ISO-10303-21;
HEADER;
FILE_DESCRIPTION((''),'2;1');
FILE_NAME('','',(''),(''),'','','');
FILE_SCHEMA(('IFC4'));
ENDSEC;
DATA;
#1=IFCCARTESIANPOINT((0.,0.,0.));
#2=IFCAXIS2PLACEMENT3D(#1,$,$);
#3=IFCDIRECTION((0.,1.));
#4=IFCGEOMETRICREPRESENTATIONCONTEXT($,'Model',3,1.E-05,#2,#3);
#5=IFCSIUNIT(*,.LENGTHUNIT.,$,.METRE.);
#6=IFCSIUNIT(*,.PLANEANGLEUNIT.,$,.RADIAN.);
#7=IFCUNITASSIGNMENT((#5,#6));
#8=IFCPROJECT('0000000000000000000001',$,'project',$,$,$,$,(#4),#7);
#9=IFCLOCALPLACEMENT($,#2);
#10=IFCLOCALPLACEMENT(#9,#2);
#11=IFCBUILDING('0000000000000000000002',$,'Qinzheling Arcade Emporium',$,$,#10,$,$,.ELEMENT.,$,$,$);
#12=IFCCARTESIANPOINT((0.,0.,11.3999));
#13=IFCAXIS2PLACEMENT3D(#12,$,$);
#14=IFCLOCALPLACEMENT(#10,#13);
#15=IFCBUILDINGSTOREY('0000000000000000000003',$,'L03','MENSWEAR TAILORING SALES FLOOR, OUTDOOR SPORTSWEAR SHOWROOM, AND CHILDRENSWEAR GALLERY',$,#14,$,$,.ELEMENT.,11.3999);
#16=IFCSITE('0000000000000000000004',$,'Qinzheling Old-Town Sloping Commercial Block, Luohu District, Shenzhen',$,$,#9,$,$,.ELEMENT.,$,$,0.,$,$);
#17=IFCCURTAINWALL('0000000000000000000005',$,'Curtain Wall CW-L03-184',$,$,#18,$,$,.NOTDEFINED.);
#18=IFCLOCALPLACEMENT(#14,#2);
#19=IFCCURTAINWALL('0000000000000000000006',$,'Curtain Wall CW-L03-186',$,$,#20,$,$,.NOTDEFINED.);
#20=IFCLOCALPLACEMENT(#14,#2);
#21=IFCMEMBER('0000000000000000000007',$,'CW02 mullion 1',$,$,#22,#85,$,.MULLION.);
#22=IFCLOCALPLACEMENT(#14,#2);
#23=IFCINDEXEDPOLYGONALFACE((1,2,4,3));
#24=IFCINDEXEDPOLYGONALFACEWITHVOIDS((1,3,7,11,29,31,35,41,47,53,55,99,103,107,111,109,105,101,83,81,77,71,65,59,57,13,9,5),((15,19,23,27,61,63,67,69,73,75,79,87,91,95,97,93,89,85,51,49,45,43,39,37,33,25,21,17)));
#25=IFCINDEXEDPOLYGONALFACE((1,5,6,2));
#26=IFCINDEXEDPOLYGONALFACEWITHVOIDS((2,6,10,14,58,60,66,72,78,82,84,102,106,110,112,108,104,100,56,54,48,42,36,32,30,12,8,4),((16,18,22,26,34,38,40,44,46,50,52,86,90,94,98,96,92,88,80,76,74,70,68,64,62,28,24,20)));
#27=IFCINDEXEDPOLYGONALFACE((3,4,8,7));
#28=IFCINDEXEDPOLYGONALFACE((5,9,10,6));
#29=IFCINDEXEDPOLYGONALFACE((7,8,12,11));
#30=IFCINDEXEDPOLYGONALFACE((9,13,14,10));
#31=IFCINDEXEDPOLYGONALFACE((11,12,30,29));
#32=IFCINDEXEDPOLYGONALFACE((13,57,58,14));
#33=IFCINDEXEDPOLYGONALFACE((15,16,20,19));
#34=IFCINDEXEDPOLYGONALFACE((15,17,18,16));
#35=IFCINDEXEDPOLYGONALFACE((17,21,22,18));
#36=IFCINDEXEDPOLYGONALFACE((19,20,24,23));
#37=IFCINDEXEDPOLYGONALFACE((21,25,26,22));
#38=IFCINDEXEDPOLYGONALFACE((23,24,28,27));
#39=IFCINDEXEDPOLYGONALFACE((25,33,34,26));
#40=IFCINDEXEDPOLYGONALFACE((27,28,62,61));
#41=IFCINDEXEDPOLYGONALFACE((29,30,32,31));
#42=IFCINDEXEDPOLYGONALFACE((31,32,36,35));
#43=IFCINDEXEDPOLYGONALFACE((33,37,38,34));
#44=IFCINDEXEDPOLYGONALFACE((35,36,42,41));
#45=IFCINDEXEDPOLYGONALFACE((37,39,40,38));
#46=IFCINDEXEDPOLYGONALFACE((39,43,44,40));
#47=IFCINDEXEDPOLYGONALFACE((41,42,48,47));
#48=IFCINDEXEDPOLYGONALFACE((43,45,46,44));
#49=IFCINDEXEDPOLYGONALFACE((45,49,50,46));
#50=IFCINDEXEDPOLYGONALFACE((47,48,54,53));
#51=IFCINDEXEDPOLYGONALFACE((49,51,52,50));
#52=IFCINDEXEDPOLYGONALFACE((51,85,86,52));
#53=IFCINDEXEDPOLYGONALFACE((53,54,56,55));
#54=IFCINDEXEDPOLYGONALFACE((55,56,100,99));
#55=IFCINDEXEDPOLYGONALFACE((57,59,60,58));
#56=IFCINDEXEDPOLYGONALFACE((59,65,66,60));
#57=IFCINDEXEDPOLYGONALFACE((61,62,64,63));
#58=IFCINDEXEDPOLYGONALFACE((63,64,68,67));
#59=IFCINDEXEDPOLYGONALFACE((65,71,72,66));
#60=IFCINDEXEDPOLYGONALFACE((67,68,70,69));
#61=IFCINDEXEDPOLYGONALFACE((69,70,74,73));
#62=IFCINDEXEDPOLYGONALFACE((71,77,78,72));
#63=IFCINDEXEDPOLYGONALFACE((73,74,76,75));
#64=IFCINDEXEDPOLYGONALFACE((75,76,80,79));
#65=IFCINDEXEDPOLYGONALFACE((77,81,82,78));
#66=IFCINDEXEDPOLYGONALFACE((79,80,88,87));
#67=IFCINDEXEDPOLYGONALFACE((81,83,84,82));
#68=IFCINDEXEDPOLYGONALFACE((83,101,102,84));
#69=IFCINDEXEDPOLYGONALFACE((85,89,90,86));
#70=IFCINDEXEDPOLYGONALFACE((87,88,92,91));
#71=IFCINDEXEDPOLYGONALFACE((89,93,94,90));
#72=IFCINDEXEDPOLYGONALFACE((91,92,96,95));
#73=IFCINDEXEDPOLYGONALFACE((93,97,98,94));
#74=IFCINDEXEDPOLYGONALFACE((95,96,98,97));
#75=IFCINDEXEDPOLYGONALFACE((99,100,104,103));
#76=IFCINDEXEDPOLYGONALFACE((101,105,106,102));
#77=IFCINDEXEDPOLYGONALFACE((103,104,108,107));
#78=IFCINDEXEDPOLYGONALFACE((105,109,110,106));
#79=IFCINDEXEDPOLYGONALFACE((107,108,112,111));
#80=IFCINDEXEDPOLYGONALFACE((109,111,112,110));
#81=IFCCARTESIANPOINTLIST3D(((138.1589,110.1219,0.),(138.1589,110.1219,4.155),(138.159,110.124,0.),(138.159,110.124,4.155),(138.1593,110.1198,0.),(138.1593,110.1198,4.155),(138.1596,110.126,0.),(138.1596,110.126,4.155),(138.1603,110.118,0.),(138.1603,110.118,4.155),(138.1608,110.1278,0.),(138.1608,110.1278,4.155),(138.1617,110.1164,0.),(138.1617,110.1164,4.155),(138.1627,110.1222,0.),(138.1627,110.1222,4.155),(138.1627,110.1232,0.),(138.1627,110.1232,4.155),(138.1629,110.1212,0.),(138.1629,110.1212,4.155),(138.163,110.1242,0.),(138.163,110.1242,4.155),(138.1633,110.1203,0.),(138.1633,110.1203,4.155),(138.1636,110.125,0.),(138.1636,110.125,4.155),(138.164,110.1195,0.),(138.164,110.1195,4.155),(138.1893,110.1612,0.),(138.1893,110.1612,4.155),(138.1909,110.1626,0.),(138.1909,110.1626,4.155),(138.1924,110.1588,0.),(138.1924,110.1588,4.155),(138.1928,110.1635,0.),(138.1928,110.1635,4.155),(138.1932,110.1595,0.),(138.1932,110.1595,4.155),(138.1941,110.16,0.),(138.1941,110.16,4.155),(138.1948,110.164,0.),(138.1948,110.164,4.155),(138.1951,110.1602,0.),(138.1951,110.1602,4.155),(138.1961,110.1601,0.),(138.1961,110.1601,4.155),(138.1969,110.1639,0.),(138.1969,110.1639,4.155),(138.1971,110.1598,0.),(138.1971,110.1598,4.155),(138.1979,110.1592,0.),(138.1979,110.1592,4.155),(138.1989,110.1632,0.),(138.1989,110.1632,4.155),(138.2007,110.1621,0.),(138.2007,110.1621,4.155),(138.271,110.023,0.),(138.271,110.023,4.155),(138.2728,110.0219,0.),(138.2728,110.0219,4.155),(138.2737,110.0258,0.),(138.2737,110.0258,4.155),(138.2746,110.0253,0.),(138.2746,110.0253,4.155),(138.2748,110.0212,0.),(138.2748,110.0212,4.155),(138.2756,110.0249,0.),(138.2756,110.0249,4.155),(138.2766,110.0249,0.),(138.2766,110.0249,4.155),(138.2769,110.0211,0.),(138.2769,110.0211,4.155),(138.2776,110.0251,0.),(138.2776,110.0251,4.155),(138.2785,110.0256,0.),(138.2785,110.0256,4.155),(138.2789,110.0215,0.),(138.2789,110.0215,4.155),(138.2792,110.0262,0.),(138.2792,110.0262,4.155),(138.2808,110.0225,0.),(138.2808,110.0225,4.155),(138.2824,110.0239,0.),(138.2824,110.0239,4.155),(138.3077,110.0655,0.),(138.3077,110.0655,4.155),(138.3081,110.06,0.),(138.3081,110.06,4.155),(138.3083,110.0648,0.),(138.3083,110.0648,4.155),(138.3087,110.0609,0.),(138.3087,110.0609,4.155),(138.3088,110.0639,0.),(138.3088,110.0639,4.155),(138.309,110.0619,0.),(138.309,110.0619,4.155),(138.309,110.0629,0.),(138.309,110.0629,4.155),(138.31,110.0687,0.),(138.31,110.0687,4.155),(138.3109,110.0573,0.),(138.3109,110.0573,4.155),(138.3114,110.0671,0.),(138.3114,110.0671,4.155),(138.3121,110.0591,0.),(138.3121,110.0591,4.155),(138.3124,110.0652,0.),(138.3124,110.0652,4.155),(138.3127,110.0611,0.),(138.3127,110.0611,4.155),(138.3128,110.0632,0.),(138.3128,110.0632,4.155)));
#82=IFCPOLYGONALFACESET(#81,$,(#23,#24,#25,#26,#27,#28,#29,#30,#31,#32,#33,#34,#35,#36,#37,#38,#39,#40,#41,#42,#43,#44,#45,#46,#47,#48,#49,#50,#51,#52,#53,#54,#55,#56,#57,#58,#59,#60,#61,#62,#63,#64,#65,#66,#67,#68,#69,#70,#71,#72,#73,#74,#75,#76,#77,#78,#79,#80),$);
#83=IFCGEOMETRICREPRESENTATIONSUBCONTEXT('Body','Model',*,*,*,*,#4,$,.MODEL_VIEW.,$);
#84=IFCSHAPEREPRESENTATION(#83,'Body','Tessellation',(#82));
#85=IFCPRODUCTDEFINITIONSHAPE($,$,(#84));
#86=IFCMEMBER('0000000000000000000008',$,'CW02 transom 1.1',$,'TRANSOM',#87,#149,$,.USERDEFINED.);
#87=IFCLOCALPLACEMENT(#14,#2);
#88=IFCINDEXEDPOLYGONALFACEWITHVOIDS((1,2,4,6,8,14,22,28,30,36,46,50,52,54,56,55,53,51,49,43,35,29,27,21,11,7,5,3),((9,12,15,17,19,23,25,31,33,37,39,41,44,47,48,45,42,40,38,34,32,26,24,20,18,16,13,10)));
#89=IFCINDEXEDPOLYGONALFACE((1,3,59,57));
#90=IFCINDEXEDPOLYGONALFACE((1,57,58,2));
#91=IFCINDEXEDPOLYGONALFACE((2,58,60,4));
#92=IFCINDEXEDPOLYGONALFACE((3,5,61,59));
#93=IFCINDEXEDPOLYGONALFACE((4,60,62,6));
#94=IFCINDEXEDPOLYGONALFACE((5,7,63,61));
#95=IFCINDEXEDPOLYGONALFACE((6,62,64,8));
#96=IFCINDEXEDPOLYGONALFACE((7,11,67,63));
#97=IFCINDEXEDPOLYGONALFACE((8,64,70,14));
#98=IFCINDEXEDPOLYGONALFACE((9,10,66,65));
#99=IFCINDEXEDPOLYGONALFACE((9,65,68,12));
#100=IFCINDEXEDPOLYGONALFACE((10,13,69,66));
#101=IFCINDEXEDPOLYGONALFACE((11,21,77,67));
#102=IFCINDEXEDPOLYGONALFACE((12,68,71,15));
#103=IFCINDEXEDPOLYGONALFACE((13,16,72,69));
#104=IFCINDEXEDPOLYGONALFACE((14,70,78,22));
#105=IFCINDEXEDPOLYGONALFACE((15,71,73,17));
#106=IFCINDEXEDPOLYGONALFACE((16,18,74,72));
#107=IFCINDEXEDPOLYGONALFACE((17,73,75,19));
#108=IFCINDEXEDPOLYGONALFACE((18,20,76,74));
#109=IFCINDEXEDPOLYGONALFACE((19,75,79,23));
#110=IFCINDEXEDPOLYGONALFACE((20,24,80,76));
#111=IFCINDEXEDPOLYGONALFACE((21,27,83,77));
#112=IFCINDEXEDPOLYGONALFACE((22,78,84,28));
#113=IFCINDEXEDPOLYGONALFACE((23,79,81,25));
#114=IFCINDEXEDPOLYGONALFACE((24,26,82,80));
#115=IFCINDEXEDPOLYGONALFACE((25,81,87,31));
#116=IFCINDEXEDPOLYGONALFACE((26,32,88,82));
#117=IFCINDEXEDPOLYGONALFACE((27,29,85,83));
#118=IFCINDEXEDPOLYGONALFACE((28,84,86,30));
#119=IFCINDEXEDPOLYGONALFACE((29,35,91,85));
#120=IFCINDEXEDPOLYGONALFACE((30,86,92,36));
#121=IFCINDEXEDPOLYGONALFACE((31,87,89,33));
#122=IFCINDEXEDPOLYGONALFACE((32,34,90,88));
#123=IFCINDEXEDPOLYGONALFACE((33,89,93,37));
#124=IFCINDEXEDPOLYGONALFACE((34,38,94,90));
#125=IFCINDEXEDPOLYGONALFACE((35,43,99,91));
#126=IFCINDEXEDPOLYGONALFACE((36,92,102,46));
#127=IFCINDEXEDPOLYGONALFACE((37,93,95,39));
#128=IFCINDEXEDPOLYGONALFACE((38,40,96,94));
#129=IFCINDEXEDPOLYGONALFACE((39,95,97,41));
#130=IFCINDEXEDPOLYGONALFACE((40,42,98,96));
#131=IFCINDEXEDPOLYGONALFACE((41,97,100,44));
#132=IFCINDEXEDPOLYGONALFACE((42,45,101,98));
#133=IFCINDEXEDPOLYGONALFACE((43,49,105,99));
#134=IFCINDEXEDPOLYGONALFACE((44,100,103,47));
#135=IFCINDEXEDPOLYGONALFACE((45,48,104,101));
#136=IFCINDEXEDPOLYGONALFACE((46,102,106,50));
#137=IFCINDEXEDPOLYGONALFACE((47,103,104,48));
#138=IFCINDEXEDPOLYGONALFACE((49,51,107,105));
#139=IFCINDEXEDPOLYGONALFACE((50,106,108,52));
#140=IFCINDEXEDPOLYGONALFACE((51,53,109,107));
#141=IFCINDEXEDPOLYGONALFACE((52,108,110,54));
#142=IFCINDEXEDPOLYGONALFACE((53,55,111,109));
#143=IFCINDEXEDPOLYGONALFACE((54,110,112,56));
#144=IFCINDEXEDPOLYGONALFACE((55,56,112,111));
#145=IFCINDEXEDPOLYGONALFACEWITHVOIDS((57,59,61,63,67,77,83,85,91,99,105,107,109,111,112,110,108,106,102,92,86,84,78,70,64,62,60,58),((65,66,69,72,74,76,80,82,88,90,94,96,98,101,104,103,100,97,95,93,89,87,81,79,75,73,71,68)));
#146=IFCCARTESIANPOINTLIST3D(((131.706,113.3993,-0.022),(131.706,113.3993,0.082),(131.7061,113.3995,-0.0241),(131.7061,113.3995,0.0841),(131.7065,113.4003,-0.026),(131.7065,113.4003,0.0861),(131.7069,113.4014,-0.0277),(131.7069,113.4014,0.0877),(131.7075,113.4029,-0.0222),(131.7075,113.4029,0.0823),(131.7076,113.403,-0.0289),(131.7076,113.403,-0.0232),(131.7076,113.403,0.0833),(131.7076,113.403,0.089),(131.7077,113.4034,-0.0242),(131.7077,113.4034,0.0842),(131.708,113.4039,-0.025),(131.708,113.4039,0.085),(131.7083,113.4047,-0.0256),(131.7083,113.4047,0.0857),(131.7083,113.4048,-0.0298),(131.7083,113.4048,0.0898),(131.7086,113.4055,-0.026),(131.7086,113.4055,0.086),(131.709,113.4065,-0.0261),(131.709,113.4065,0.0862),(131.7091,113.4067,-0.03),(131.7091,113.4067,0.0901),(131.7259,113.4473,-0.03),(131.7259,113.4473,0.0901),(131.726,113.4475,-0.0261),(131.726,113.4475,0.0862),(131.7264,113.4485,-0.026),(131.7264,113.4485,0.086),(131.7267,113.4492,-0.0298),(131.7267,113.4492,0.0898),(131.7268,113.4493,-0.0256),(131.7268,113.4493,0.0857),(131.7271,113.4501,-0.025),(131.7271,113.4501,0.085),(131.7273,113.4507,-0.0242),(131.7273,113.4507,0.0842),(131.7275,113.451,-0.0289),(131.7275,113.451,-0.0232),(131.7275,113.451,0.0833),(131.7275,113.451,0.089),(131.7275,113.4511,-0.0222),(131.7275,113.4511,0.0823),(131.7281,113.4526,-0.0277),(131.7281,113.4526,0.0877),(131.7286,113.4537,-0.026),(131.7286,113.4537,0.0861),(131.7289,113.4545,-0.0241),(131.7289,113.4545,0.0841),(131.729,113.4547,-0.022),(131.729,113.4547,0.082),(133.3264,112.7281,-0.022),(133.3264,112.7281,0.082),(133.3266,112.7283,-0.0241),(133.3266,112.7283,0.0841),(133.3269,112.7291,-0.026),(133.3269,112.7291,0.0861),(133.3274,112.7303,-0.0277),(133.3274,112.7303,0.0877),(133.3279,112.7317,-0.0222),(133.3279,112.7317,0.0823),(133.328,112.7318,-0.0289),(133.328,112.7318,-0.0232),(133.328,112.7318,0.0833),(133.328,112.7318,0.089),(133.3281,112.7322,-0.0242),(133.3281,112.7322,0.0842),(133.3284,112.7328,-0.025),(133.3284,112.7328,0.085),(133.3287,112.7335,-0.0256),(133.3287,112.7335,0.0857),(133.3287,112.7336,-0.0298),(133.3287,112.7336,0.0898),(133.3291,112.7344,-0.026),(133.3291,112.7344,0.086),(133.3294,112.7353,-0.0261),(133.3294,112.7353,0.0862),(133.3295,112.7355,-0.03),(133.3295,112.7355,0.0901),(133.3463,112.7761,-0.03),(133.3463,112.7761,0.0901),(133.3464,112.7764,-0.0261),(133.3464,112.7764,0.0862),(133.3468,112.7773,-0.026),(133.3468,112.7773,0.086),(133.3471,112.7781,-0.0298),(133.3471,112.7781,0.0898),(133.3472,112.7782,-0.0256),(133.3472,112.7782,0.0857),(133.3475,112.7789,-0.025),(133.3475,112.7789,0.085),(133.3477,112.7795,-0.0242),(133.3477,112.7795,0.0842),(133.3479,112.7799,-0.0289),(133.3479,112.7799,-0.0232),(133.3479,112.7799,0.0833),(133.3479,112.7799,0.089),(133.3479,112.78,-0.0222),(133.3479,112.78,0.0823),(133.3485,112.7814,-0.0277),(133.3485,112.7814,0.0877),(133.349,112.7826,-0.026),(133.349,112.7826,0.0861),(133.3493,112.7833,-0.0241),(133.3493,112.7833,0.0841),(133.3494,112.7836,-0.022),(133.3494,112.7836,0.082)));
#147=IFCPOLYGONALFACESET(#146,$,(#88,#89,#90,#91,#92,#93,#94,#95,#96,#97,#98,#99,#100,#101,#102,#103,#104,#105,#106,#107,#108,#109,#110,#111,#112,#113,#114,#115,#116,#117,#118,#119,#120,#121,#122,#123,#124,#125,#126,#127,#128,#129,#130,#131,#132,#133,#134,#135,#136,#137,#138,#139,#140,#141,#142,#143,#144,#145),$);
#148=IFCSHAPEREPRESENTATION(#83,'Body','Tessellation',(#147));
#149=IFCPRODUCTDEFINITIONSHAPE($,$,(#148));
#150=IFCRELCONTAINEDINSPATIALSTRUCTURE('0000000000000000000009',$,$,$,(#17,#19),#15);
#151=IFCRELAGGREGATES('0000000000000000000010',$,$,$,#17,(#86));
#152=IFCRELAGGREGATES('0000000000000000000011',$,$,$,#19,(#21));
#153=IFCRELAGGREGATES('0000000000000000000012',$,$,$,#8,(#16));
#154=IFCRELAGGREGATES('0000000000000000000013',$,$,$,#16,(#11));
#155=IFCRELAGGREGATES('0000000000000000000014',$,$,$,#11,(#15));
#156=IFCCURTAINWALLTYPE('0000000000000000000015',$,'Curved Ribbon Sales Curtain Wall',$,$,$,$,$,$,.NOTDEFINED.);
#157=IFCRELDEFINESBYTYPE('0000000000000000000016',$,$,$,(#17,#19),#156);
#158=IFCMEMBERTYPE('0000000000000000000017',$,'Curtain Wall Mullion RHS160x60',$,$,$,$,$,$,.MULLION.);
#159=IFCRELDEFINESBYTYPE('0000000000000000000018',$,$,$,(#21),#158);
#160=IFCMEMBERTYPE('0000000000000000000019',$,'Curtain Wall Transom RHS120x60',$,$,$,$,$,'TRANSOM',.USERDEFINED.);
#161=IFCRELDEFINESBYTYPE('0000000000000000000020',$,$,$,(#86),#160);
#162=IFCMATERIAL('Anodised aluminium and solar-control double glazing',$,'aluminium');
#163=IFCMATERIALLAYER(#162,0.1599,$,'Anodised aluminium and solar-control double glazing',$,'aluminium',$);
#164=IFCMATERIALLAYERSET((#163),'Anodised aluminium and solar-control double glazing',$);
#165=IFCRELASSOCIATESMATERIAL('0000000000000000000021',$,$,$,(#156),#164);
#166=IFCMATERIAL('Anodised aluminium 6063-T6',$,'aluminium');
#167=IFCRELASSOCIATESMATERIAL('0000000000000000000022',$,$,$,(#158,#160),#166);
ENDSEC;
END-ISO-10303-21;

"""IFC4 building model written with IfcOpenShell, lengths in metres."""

from ifc_helpers import new_model, si_unit, direction, frame, origin, origin_2d, place, context, subcontext, project, spatial, hollow_rectangle, extrude, material, layer, layer_set, material_profile, profile_set, type_object, element, aggregate, save


model = new_model("IFC4")

# Units and contexts
model_context = context("Model", 3, precision=1e-05, world=origin(), true_north=direction((0.0, 1.0)))
body_context = subcontext(model_context, "Body", "Model", "MODEL_VIEW")
ifc_project = project(units=[si_unit("LENGTHUNIT", "METRE"), si_unit("PLANEANGLEUNIT", "RADIAN")], contexts=[model_context])

# Site, building, storey
site_placement = place(None, origin())
site = spatial("IfcSite", under=ifc_project, at=site_placement, Name="Qinzheling Old-Town Sloping Commercial Block, Luohu District, Shenzhen", CompositionType="ELEMENT", RefElevation=0.0)
building_placement = place(site_placement, origin())
building = spatial("IfcBuilding", under=site, at=building_placement, Name="Qinzheling Arcade Emporium", CompositionType="ELEMENT")
storey_placement = place(building_placement, frame((0.0, 0.0, 11.3999)))
storey = spatial("IfcBuildingStorey", under=building, at=storey_placement, Name="L03", Description="MENSWEAR TAILORING SALES FLOOR, OUTDOOR SPORTSWEAR SHOWROOM, AND CHILDRENSWEAR GALLERY", CompositionType="ELEMENT", Elevation=11.3999)

# Curtain wall
ifc_material_1 = material(Name="Anodised aluminium and solar-control double glazing", Category="aluminium")
ifc_layer_1 = layer(ifc_material_1, 0.1599, Name="Anodised aluminium and solar-control double glazing", Category="aluminium")
ifc_layer_set_1 = layer_set([ifc_layer_1], Name="Anodised aluminium and solar-control double glazing")
curtain_wall_type = type_object("IfcCurtainWallType", Name="Curved Ribbon Sales Curtain Wall", PredefinedType="NOTDEFINED", material=ifc_layer_set_1)
curtain_wall_1_placement = place(storey_placement, origin())
curtain_wall_1 = element("IfcCurtainWall", 1, at=curtain_wall_1_placement, inside=storey, type_object=curtain_wall_type, Name="Curtain Wall CW-L03-184", PredefinedType="NOTDEFINED")
ifc_material_2 = material(Name="Anodised aluminium 6063-T6", Category="aluminium")
ifc_material_profile_1 = material_profile(ifc_material_2, hollow_rectangle(XDim=0.0601, YDim=0.1599, WallThickness=0.0039, InnerFilletRadius=0.0039, OuterFilletRadius=0.0081, at=origin_2d()), Name="RHS 160x60x4", Category="aluminium")
ifc_profile_set_1 = profile_set([ifc_material_profile_1], Name="Anodised aluminium 6063-T6")
member_type_1 = type_object("IfcMemberType", Name="Curtain Wall Mullion RHS160x60", PredefinedType="MULLION", material=ifc_profile_set_1)

# Curtain wall, member
curtain_wall_2_placement = place(storey_placement, origin())
curtain_wall_2 = element("IfcCurtainWall", 2, at=curtain_wall_2_placement, inside=storey, type_object=curtain_wall_type, Name="Curtain Wall CW-L03-186", PredefinedType="NOTDEFINED")
member_1_placement = place(storey_placement, frame((138.2358, 110.0925, 0.0), z_axis=(0.0, 0.0, 1.0), x_axis=(0.649473, 0.760385, 0.0)))
member_1 = element("IfcMember", 3, at=member_1_placement, type_object=member_type_1, Name="CW02 mullion 1", PredefinedType="MULLION", context=body_context, shape_type="SweptSolid", body=[
    extrude(hollow_rectangle(XDim=0.0601, YDim=0.1599, WallThickness=0.0039, InnerFilletRadius=0.0039, OuterFilletRadius=0.0081, at=origin_2d()), origin(), (0.0, 0.0, 1.0), 4.155),
])

# Member
ifc_material_profile_2 = material_profile(ifc_material_2, hollow_rectangle(XDim=0.0601, YDim=0.1201, WallThickness=0.0039, InnerFilletRadius=0.0039, OuterFilletRadius=0.0081, at=origin_2d()), Name="RHS 120x60x4", Category="aluminium")
ifc_profile_set_2 = profile_set([ifc_material_profile_2], Name="Anodised aluminium 6063-T6")
member_type_2 = type_object("IfcMemberType", Name="Curtain Wall Transom RHS120x60", ElementType="TRANSOM", PredefinedType="USERDEFINED", material=ifc_profile_set_2)
member_2_placement = place(storey_placement, frame((131.7175, 113.427, 0.03), z_axis=(0.923886, -0.382667, 0.0), x_axis=(0.382667, 0.923886, 0.0)))
member_2 = element("IfcMember", 4, at=member_2_placement, type_object=member_type_2, Name="CW02 transom 1.1", ObjectType="TRANSOM", PredefinedType="USERDEFINED", context=body_context, shape_type="SweptSolid", body=[
    extrude(hollow_rectangle(XDim=0.0601, YDim=0.1201, WallThickness=0.0039, InnerFilletRadius=0.0039, OuterFilletRadius=0.0081, at=origin_2d()), origin(), (0.0, 0.0, 1.0), 1.7539),
])

aggregate(curtain_wall_1, [member_2])
aggregate(curtain_wall_2, [member_1])

save(model, "model.ifc")
